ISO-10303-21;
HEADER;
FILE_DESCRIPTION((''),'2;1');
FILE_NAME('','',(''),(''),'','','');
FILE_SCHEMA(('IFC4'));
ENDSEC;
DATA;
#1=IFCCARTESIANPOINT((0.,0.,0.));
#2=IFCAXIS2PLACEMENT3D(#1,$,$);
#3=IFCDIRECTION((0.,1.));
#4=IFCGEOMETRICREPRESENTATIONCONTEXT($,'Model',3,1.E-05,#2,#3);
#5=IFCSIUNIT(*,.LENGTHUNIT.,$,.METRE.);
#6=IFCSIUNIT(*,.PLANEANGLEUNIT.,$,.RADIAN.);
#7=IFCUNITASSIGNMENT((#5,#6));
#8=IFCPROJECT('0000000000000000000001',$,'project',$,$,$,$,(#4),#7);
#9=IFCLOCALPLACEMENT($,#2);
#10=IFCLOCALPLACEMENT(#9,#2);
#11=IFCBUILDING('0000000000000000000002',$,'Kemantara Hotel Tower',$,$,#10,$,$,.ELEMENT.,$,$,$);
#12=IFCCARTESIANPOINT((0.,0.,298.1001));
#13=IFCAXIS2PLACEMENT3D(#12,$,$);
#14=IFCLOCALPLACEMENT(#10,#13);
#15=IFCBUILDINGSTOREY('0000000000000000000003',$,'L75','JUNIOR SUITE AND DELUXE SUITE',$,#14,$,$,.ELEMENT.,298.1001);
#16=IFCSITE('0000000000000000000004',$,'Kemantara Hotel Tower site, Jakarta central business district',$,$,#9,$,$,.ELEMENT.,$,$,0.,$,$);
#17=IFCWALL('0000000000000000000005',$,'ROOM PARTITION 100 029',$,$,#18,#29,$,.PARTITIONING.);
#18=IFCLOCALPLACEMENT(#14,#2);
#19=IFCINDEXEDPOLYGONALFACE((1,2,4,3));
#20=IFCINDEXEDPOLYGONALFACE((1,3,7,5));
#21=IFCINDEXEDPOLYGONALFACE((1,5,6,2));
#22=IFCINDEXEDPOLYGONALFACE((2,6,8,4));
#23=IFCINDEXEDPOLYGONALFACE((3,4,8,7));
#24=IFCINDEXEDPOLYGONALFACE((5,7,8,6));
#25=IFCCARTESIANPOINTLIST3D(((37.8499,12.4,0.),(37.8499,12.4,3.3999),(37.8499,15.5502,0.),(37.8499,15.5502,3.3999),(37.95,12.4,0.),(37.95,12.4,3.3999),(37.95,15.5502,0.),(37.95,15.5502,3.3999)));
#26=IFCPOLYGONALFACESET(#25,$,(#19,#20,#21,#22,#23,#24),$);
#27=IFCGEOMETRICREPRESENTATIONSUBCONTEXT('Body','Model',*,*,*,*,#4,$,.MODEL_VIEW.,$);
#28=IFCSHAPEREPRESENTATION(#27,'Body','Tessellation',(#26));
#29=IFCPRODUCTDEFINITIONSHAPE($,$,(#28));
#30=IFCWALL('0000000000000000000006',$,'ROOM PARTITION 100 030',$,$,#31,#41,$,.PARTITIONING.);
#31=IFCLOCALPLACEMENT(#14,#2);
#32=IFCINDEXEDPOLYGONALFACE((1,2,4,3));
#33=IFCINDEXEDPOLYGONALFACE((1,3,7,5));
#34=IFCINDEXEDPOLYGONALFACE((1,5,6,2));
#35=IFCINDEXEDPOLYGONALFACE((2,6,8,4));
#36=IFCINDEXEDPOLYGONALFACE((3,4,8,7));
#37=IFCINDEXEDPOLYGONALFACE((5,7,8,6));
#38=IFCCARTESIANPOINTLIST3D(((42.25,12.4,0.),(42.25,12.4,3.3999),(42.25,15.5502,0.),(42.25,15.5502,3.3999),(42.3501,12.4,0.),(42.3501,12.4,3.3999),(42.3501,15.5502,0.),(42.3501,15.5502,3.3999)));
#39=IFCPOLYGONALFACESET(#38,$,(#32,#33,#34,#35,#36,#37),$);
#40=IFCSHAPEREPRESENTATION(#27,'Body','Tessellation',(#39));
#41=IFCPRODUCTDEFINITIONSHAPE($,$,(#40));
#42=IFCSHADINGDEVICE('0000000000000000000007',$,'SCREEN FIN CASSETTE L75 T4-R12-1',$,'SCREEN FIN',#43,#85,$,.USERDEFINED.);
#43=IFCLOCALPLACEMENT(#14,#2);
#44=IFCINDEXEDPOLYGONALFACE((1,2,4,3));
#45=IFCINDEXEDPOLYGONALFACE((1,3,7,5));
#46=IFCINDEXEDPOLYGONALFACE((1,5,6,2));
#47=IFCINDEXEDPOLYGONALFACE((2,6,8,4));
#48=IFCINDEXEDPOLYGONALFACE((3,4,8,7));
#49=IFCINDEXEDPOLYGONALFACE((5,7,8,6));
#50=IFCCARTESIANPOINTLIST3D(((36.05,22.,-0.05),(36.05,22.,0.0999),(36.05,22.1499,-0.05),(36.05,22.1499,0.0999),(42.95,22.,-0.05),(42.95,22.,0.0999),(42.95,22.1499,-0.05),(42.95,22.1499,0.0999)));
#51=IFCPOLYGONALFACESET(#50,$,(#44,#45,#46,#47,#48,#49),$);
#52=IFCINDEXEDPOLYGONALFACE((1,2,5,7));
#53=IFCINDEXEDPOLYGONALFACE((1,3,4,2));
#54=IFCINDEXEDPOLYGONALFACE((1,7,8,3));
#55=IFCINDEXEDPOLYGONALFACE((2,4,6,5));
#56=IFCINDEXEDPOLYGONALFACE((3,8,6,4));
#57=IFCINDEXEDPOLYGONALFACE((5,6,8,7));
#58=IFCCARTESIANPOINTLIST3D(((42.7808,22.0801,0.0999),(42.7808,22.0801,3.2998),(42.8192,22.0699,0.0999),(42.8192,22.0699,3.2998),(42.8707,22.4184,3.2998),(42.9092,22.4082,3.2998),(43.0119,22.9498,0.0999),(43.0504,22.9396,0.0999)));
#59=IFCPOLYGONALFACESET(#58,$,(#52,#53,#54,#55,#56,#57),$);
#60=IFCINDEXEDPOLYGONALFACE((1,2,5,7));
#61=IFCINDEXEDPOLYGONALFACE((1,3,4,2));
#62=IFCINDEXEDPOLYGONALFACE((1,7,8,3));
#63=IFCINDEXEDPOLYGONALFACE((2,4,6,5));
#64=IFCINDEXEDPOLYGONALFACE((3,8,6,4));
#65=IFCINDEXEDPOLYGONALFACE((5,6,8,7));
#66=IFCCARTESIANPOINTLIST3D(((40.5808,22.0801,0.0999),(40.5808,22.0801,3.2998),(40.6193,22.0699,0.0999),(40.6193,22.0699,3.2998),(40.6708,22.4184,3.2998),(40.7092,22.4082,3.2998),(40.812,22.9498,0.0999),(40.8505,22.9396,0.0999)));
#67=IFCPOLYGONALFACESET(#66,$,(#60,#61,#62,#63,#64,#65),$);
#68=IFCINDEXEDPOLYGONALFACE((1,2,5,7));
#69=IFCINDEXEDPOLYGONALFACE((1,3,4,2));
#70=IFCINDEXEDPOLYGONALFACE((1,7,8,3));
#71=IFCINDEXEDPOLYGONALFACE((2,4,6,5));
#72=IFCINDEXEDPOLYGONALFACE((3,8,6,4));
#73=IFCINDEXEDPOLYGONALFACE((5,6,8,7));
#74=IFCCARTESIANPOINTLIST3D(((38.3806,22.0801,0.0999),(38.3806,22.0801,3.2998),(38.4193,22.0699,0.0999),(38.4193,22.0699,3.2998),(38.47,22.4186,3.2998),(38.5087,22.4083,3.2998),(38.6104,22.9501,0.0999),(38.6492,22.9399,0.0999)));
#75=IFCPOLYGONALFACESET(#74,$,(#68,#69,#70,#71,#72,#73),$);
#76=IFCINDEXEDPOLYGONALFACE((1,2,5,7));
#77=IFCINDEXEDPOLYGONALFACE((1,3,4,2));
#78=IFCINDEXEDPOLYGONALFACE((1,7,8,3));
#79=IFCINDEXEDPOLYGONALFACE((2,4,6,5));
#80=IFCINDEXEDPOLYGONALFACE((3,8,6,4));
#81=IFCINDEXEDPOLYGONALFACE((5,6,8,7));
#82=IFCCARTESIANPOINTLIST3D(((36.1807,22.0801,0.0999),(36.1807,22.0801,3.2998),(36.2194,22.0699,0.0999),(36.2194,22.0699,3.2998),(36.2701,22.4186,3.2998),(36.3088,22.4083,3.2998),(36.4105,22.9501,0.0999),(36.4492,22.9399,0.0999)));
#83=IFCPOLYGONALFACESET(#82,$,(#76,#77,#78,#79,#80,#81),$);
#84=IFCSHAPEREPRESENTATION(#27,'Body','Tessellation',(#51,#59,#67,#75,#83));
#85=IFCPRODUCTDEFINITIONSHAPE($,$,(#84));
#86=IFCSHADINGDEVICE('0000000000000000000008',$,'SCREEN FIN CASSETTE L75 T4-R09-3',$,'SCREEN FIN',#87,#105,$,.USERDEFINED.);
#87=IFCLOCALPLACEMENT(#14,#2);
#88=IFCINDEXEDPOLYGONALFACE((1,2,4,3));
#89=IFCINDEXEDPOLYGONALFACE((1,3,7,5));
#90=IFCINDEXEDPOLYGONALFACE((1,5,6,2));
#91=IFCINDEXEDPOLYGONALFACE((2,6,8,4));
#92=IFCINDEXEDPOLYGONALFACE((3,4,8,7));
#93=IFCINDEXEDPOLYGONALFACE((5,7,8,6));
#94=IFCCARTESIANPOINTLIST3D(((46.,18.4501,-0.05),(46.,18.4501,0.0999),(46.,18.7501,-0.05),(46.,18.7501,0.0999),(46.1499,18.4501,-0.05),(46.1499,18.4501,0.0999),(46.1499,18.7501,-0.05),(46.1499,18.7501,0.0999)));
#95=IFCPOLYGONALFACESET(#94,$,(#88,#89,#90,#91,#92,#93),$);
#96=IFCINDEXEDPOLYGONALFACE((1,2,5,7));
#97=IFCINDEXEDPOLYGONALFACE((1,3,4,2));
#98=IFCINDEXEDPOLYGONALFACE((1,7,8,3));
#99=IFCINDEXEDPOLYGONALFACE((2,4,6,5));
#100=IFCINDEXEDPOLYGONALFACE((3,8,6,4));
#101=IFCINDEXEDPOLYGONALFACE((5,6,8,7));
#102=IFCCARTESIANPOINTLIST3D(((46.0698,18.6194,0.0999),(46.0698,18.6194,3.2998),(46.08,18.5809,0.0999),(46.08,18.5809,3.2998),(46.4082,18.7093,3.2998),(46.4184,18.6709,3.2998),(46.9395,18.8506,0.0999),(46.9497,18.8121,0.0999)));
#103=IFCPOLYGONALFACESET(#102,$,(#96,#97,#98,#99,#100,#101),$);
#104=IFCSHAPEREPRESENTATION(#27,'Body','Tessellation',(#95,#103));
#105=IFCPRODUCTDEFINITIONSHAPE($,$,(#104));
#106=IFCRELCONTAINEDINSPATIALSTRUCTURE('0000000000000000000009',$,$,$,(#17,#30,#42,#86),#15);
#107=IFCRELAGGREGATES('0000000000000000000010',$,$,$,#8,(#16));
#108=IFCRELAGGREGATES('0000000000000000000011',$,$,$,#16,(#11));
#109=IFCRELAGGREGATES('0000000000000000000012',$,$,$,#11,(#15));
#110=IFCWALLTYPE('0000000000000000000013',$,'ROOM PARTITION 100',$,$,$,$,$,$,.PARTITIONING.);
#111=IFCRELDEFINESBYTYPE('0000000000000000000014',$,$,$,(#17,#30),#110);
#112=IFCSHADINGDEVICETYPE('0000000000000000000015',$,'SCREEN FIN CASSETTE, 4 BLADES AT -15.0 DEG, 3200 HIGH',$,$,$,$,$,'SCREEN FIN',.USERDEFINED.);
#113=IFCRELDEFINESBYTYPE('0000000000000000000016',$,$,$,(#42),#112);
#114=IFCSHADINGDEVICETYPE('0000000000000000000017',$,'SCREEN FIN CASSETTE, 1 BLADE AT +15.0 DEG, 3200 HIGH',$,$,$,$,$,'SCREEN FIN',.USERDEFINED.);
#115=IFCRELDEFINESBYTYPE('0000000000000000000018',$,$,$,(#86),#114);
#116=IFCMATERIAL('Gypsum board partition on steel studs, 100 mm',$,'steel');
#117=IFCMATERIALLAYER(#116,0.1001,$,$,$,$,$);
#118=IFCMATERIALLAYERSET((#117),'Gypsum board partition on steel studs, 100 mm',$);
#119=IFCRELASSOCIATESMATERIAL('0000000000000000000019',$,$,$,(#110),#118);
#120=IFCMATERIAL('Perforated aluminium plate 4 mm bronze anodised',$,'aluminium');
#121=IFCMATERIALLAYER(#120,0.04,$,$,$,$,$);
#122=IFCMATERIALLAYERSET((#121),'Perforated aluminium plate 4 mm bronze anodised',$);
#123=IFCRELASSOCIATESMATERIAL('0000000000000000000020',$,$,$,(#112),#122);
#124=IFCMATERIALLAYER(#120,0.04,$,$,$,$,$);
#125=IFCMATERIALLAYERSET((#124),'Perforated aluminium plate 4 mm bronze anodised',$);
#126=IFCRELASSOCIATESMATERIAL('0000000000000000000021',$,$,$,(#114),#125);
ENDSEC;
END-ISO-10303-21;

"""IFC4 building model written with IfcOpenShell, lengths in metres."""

from ifc_helpers import new_model, si_unit, direction, frame, frame_2d, origin, origin_2d, place, context, subcontext, project, spatial, polyline, rectangle, outline, extrude, source, transform, mapped, material, layer, layer_set, type_object, element, save


model = new_model("IFC4")

# Units and contexts
model_context = context("Model", 3, precision=1e-05, world=origin(), true_north=direction((0.0, 1.0)))
body_context = subcontext(model_context, "Body", "Model", "MODEL_VIEW")
ifc_project = project(units=[si_unit("LENGTHUNIT", "METRE"), si_unit("PLANEANGLEUNIT", "RADIAN")], contexts=[model_context])

# Site, building, storey
site_placement = place(None, origin())
site = spatial("IfcSite", under=ifc_project, at=site_placement, Name="Kemantara Hotel Tower site, Jakarta central business district", CompositionType="ELEMENT", RefElevation=0.0)
building_placement = place(site_placement, origin())
building = spatial("IfcBuilding", under=site, at=building_placement, Name="Kemantara Hotel Tower", CompositionType="ELEMENT")
storey_placement = place(building_placement, frame((0.0, 0.0, 298.1001)))
storey = spatial("IfcBuildingStorey", under=building, at=storey_placement, Name="L75", Description="JUNIOR SUITE AND DELUXE SUITE", CompositionType="ELEMENT", Elevation=298.1001)

# Walls
ifc_material_1 = material(Name="Gypsum board partition on steel studs, 100 mm", Category="steel")
ifc_layer_1 = layer(ifc_material_1, 0.1001)
ifc_layer_set_1 = layer_set([ifc_layer_1], Name="Gypsum board partition on steel studs, 100 mm")
wall_type_1 = type_object("IfcWallType", Name="ROOM PARTITION 100", PredefinedType="PARTITIONING", material=ifc_layer_set_1)
for number, where, z_axis, x_axis, name in (
    (1, (37.8999, 12.3999, 0.0), (0.0, 0.0, 1.0), (0.0, 1.0, 0.0), "ROOM PARTITION 100 029"),
    (2, (42.3, 12.3999, 0.0), (0.0, 0.0, 1.0), (0.0, 1.0, 0.0), "ROOM PARTITION 100 030"),
):
    element("IfcWall", number, at=place(storey_placement, frame(where, z_axis=z_axis, x_axis=x_axis)), inside=storey, type_object=wall_type_1, Name=name, PredefinedType="PARTITIONING", context=body_context, shape_type="SweptSolid", body=[
        extrude(rectangle(XDim=3.1501, YDim=0.1001, at=frame_2d((1.5752, 0.0))), origin(), (0.0, 0.0, 1.0), 3.3999),
    ])

# Shading devices
ifc_material_2 = material(Name="Perforated aluminium plate 4 mm bronze anodised", Category="aluminium")
ifc_layer_2 = layer(ifc_material_2, 0.04)
ifc_layer_set_2 = layer_set([ifc_layer_2], Name="Perforated aluminium plate 4 mm bronze anodised")
shading_device_type_1 = type_object("IfcShadingDeviceType", Name="SCREEN FIN CASSETTE, 4 BLADES AT -15.0 DEG, 3200 HIGH", ElementType="SCREEN FIN", PredefinedType="USERDEFINED", material=ifc_layer_set_2)
shared_shape_1 = source(origin(), body_context, "Body", "SweptSolid", [
    extrude(rectangle(XDim=6.8999, YDim=0.1499, at=origin_2d()), frame((3.3, -0.075, -0.1499), z_axis=(0.0, 0.0, 1.0), x_axis=(1.0, 0.0, 0.0)), (0.0, 0.0, 1.0), 0.1499),
    extrude(outline(polyline([(0.0, 0.0), (0.8999, 0.0), (0.3501, 3.2), (0.0, 3.2), (0.0, 0.0)])), frame((0.0193, -0.0801, 0.0), z_axis=(-0.966438, 0.256901, 0.0), x_axis=(-0.256901, -0.966438, 0.0)), (0.0, 0.0, 1.0), 0.0398),
    extrude(outline(polyline([(0.0, 0.0), (0.8999, 0.0), (0.3501, 3.2), (0.0, 3.2), (0.0, 0.0)])), frame((2.2192, -0.0801, 0.0), z_axis=(-0.966438, 0.256901, 0.0), x_axis=(-0.256901, -0.966438, 0.0)), (0.0, 0.0, 1.0), 0.0398),
    extrude(outline(polyline([(0.0, 0.0), (0.8999, 0.0), (0.3501, 3.2), (0.0, 3.2), (0.0, 0.0)])), frame((4.4194, -0.0801, 0.0), z_axis=(-0.966838, 0.255391, 0.0), x_axis=(-0.255391, -0.966838, 0.0)), (0.0, 0.0, 1.0), 0.04),
    extrude(outline(polyline([(0.0, 0.0), (0.8999, 0.0), (0.3501, 3.2), (0.0, 3.2), (0.0, 0.0)])), frame((6.6194, -0.0801, 0.0), z_axis=(-0.966838, 0.255391, 0.0), x_axis=(-0.255391, -0.966838, 0.0)), (0.0, 0.0, 1.0), 0.04),
])
shading_device_1_placement = place(storey_placement, frame((42.8, 22.0, 0.0999), z_axis=(0.0, 0.0, 1.0), x_axis=(-1.0, 0.0, 0.0)))
element("IfcShadingDevice", 3, at=shading_device_1_placement, inside=storey, type_object=shading_device_type_1, Name="SCREEN FIN CASSETTE L75 T4-R12-1", ObjectType="SCREEN FIN", PredefinedType="USERDEFINED", context=body_context, shape_type="MappedRepresentation", body=[
    mapped(shared_shape_1, transform((0.0, 0.0, 0.0))),
])
ifc_layer_3 = layer(ifc_material_2, 0.04)
ifc_layer_set_3 = layer_set([ifc_layer_3], Name="Perforated aluminium plate 4 mm bronze anodised")
shading_device_type_2 = type_object("IfcShadingDeviceType", Name="SCREEN FIN CASSETTE, 1 BLADE AT +15.0 DEG, 3200 HIGH", ElementType="SCREEN FIN", PredefinedType="USERDEFINED", material=ifc_layer_set_3)
shared_shape_2 = source(origin(), body_context, "Body", "SweptSolid", [
    extrude(rectangle(XDim=0.3, YDim=0.1499, at=origin_2d()), frame((0.0, -0.075, -0.1499), z_axis=(0.0, 0.0, 1.0), x_axis=(1.0, 0.0, 0.0)), (0.0, 0.0, 1.0), 0.1499),
    extrude(outline(polyline([(0.0, 0.0), (0.8999, 0.0), (0.3501, 3.2), (0.0, 3.2), (0.0, 0.0)])), frame((0.0193, -0.0698, 0.0), z_axis=(-0.966438, -0.256901, 0.0), x_axis=(0.256901, -0.966438, 0.0)), (0.0, 0.0, 1.0), 0.0398),
])
shading_device_2_placement = place(storey_placement, frame((46.0, 18.6001, 0.0999), z_axis=(0.0, 0.0, 1.0), x_axis=(0.0, 1.0, 0.0)))
element("IfcShadingDevice", 4, at=shading_device_2_placement, inside=storey, type_object=shading_device_type_2, Name="SCREEN FIN CASSETTE L75 T4-R09-3", ObjectType="SCREEN FIN", PredefinedType="USERDEFINED", context=body_context, shape_type="MappedRepresentation", body=[
    mapped(shared_shape_2, transform((0.0, 0.0, 0.0))),
])

save(model, "model.ifc")
